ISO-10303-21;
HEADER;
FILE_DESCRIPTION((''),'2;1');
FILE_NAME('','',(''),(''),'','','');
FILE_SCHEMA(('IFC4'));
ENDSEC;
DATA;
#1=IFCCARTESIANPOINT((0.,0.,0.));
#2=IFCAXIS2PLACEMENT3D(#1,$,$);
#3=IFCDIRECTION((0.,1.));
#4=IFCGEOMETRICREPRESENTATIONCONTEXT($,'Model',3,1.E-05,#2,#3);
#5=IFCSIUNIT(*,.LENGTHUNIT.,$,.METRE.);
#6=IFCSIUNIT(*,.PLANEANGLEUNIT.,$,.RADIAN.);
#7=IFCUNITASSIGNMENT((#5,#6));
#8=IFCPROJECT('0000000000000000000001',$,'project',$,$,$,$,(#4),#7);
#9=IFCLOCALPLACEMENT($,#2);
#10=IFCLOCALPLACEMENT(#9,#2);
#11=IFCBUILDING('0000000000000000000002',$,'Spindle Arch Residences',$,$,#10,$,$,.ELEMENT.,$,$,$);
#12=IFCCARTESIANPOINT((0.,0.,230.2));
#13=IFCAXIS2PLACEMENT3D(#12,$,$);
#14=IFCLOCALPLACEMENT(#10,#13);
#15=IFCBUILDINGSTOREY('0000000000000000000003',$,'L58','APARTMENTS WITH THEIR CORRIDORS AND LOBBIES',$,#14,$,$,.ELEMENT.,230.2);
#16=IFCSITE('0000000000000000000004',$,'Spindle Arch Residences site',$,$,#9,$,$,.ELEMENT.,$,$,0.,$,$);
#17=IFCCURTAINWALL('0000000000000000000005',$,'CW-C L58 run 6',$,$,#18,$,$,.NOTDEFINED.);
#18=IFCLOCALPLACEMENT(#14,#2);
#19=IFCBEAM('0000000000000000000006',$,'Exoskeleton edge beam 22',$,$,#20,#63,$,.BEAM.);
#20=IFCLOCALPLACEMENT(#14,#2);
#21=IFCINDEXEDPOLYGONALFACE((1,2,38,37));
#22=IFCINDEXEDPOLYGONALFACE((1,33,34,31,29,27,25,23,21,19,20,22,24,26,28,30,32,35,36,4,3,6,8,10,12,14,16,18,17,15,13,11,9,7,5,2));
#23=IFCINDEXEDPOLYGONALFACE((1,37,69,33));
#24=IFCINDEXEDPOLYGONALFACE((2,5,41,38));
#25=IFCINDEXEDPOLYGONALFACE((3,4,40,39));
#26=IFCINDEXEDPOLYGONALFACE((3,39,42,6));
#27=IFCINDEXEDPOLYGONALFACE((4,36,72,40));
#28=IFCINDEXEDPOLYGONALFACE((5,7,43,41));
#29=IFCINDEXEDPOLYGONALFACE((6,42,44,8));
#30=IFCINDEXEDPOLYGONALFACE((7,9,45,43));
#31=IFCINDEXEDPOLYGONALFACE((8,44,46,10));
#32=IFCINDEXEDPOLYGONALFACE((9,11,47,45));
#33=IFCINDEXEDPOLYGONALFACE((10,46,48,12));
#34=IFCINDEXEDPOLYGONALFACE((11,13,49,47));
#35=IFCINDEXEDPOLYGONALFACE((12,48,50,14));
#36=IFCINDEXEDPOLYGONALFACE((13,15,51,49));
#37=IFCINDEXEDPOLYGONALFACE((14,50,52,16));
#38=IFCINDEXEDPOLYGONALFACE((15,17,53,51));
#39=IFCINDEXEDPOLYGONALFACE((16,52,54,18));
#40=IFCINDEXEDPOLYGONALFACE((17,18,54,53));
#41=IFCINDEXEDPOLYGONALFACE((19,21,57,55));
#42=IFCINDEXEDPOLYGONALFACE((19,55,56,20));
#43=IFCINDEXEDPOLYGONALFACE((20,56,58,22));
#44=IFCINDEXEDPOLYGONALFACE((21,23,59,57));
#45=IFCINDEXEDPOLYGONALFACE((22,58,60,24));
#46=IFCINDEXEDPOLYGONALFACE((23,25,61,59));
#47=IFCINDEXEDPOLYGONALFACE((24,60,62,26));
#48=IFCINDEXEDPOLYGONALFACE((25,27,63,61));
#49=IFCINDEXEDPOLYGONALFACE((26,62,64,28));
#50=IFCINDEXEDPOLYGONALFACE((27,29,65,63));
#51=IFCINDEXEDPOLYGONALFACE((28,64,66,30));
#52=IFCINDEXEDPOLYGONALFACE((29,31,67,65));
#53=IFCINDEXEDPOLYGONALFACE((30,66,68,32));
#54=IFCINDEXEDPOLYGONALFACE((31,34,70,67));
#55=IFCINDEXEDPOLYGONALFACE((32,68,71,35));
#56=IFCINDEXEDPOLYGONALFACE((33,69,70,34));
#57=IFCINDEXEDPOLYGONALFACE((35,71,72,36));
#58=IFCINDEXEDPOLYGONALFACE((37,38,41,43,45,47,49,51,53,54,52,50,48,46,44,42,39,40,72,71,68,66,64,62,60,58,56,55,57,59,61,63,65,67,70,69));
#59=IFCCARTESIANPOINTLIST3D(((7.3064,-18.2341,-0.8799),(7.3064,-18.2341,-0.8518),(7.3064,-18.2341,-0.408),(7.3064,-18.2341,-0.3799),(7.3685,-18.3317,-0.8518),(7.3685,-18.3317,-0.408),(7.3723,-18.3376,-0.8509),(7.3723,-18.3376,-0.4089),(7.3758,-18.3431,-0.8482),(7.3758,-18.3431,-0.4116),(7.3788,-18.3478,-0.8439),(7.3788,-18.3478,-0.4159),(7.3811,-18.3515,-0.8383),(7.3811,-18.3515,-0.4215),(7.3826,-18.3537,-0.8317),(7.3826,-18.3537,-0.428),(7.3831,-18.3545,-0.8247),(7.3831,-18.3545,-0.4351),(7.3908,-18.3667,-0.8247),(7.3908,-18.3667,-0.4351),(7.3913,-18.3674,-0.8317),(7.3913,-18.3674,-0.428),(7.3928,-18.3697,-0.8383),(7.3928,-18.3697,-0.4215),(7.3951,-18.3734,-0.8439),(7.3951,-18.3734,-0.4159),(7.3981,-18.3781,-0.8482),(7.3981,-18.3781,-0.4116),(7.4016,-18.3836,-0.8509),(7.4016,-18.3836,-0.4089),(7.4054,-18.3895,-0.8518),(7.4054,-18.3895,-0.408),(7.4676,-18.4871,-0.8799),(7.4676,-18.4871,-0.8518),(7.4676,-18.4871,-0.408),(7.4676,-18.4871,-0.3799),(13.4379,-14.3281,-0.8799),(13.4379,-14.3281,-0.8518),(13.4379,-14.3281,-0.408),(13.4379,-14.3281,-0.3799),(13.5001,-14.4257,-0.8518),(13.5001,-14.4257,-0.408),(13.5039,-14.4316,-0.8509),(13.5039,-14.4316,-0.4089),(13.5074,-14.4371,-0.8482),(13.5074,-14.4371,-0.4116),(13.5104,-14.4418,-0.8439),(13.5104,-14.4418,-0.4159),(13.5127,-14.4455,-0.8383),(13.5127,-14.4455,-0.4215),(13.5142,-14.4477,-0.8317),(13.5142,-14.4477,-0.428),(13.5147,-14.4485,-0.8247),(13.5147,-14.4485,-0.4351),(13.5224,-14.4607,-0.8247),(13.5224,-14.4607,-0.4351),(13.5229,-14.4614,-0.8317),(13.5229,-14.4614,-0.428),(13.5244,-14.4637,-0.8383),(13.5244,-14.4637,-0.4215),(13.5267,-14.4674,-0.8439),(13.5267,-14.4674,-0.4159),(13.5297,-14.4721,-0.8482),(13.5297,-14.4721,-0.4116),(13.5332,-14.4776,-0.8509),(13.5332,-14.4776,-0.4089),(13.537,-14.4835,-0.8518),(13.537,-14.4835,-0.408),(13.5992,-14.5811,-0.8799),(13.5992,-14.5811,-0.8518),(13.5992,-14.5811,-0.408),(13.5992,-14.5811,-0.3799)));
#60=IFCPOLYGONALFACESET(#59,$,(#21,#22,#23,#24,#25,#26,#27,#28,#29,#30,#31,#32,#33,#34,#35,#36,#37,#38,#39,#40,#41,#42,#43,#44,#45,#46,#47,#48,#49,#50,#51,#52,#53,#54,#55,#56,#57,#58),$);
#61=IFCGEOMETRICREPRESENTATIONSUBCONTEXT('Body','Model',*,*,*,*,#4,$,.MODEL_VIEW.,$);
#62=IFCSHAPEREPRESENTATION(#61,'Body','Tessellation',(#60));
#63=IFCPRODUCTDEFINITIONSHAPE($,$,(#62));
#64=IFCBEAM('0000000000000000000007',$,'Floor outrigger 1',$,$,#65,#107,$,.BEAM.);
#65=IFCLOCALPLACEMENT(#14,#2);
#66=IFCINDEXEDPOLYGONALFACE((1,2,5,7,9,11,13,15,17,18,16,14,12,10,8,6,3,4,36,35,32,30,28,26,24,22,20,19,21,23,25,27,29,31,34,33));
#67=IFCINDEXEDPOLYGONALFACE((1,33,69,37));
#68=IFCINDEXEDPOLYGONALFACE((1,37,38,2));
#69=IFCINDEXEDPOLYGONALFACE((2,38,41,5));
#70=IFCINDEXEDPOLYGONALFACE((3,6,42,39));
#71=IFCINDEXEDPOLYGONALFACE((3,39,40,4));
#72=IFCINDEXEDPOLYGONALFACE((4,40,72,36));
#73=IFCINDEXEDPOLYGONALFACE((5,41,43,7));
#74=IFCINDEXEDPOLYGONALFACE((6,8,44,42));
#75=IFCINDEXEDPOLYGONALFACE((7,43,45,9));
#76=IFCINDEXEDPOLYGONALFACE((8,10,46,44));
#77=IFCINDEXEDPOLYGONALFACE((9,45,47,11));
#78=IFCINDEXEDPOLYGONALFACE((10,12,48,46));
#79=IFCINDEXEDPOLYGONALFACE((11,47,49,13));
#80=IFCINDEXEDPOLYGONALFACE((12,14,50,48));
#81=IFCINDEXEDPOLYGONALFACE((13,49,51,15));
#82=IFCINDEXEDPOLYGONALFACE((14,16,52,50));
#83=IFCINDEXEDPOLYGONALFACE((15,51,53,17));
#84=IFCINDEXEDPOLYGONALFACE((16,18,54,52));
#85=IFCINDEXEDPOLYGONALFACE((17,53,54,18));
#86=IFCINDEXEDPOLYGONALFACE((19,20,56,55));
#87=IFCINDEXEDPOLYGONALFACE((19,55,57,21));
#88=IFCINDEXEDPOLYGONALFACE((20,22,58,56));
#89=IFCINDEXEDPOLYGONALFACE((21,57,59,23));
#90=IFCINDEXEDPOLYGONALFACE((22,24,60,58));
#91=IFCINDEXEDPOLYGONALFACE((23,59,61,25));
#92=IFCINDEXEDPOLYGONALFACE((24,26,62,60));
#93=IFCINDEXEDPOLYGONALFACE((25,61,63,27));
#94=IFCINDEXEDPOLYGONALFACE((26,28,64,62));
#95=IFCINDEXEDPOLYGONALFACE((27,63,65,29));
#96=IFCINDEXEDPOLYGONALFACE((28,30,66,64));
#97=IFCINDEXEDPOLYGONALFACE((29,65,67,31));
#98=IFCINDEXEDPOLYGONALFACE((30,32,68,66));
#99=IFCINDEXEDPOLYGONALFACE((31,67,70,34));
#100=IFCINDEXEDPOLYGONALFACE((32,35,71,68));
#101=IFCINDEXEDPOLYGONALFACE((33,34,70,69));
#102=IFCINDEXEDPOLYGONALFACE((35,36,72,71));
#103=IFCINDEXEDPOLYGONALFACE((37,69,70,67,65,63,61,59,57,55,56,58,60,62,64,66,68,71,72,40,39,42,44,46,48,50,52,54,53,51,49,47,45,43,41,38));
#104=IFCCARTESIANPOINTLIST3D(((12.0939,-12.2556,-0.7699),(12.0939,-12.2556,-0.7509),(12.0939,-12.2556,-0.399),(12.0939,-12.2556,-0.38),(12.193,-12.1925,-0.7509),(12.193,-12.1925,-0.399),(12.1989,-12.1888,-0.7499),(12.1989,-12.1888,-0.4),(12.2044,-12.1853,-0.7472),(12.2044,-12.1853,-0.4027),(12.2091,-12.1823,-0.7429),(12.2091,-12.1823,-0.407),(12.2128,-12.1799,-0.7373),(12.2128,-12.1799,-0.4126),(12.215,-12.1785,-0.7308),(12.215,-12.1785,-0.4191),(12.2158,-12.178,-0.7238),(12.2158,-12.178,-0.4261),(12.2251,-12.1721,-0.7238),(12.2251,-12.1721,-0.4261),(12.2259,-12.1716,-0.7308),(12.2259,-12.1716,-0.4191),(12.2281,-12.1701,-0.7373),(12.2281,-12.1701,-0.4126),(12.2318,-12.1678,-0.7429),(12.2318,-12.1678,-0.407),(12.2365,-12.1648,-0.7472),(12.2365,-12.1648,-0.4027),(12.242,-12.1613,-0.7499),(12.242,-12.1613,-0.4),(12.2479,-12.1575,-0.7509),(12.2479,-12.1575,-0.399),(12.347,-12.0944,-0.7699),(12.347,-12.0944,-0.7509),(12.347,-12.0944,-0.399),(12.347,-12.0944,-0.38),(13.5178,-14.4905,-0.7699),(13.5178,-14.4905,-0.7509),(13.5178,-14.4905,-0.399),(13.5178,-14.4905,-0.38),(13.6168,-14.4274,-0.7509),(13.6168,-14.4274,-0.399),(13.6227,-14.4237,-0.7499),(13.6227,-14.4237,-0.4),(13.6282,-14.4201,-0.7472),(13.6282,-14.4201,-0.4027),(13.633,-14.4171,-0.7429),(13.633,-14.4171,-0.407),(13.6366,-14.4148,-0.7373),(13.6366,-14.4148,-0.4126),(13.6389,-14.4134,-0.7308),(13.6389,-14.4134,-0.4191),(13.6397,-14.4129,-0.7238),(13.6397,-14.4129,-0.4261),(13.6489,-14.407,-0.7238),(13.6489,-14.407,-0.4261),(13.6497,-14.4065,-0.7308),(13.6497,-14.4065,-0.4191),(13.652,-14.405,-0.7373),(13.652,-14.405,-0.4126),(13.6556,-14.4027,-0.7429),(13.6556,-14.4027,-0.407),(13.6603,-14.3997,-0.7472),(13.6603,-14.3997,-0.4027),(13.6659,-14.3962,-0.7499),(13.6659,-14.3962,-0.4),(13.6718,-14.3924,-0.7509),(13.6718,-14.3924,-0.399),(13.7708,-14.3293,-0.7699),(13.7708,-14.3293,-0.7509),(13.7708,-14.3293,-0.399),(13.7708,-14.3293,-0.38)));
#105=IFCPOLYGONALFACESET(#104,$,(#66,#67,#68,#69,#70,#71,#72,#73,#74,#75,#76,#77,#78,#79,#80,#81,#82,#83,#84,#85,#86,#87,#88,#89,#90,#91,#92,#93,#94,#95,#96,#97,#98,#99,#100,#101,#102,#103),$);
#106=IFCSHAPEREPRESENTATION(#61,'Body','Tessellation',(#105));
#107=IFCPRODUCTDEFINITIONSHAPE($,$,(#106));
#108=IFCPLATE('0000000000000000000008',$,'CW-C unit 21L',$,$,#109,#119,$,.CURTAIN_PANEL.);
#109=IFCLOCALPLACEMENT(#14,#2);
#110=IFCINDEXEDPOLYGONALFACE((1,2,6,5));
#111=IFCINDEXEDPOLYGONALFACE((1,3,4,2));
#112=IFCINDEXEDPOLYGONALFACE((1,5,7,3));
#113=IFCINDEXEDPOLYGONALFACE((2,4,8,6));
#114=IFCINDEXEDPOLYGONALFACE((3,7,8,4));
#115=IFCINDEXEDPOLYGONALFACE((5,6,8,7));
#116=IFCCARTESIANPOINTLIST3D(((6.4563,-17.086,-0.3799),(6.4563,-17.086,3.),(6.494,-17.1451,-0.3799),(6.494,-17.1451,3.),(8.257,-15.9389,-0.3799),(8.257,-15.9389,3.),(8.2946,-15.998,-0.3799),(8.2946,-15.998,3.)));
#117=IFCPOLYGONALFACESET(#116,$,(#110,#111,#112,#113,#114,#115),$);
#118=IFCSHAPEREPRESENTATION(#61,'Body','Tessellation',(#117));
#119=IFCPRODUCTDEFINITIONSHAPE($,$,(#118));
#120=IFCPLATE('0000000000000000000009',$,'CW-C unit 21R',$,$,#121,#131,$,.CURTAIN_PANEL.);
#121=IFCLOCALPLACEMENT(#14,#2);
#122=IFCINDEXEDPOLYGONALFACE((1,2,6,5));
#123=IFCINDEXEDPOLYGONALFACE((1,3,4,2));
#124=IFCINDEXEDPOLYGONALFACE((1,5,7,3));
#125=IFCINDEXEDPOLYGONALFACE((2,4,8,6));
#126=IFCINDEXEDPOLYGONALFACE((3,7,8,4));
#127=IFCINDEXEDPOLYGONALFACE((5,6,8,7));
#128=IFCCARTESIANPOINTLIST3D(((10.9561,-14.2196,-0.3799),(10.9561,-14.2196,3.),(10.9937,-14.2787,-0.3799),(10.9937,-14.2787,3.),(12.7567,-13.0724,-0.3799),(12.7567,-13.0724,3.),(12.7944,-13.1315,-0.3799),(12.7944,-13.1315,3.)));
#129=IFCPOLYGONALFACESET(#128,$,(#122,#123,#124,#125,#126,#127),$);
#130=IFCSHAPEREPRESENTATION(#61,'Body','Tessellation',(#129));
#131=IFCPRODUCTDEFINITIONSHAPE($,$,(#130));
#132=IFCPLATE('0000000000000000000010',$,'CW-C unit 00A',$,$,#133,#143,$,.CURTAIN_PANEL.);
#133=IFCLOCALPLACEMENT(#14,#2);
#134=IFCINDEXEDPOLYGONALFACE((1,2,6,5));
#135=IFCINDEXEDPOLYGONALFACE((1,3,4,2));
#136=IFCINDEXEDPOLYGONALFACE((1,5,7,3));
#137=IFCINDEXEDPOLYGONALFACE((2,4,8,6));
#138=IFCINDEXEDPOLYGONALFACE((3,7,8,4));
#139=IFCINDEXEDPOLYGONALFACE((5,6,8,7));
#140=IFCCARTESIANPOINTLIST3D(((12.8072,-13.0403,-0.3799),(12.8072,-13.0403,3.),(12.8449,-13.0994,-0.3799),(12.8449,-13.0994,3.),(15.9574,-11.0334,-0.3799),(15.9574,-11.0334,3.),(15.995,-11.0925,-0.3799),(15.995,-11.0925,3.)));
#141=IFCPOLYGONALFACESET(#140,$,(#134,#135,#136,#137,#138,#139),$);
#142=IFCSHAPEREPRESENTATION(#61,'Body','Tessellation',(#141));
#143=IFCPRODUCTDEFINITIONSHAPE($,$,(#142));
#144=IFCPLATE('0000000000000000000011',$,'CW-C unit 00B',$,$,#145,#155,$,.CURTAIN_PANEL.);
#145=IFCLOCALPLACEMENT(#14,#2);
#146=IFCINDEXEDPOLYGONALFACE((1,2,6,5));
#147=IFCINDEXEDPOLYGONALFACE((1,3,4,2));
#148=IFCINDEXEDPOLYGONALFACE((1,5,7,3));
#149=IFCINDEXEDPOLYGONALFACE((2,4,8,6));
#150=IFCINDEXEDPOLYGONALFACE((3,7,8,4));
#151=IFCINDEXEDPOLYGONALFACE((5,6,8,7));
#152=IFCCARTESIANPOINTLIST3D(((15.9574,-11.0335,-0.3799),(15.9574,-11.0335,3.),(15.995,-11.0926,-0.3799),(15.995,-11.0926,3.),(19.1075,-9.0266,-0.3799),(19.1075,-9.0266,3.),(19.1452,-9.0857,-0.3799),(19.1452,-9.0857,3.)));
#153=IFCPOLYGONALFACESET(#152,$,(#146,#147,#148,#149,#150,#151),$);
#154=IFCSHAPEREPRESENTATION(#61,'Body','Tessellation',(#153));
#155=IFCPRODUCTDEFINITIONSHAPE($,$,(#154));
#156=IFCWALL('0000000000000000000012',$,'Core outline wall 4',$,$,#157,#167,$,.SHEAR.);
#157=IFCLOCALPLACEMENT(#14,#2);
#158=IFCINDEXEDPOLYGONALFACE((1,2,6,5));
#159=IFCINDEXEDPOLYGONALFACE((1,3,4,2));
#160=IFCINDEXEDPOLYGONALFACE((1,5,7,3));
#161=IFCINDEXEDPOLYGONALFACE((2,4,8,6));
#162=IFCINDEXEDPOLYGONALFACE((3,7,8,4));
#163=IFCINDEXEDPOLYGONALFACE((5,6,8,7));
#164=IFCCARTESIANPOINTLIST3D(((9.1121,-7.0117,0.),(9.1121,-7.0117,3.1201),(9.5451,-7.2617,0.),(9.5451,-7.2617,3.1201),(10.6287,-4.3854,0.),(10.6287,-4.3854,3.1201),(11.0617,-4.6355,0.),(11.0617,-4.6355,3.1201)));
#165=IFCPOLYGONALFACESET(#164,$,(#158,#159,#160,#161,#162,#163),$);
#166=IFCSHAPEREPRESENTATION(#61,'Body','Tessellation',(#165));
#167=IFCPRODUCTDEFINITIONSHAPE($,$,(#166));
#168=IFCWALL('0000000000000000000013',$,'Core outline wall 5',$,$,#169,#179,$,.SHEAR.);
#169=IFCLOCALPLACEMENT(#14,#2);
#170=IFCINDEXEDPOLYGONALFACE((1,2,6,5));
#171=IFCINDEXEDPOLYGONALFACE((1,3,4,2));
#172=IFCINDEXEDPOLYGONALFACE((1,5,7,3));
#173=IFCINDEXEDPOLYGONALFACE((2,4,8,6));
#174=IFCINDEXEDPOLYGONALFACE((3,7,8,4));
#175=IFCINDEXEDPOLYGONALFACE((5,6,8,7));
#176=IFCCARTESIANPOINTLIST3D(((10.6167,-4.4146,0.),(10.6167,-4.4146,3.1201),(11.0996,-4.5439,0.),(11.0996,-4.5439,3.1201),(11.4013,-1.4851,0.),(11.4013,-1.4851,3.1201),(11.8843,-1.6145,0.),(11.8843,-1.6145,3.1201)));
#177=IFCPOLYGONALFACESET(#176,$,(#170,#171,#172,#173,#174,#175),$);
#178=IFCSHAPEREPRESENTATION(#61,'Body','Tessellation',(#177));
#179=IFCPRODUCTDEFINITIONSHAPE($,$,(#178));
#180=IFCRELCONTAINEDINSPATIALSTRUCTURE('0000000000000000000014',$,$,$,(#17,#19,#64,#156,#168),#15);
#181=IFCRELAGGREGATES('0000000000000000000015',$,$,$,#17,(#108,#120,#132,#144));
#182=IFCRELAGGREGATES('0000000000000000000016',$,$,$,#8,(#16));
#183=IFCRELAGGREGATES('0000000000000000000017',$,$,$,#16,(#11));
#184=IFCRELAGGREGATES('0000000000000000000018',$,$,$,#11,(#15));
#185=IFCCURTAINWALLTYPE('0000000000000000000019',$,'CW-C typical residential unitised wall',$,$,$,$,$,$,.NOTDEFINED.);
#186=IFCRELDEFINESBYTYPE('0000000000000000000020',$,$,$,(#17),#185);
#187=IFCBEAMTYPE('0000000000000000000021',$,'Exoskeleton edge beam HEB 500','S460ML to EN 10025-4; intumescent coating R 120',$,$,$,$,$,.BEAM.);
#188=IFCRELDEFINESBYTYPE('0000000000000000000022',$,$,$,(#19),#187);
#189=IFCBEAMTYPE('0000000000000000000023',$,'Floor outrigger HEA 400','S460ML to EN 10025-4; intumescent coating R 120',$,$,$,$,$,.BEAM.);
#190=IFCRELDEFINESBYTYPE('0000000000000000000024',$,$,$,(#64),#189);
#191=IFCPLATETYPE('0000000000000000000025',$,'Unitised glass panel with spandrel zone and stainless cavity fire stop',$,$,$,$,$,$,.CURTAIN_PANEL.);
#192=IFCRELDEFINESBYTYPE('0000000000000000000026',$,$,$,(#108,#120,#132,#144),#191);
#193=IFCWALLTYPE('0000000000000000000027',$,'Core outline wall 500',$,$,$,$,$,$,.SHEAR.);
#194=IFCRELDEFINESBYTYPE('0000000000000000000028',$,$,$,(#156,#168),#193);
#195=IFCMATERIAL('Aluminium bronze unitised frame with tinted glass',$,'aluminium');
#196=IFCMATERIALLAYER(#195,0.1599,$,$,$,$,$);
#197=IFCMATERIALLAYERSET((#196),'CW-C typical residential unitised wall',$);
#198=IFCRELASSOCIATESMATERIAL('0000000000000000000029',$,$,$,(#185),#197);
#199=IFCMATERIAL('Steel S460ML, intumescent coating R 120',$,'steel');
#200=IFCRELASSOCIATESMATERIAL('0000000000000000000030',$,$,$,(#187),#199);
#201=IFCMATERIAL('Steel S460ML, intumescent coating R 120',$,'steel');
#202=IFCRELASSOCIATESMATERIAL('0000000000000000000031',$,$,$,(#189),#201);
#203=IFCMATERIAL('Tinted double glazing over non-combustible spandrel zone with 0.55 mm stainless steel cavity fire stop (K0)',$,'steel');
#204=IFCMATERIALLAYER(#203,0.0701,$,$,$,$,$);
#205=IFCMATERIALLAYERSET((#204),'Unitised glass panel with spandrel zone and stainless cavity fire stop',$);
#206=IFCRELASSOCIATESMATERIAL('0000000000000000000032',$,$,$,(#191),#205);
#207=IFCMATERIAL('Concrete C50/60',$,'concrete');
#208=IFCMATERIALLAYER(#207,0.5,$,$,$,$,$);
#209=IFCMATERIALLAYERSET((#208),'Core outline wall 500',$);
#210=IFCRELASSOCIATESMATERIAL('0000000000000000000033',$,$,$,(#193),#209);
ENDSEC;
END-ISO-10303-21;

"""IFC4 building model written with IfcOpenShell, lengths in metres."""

from ifc_helpers import new_model, si_unit, direction, frame, frame_2d, origin, origin_2d, place, context, subcontext, project, spatial, rectangle, i_section, extrude, material, layer, layer_set, material_profile, profile_set, type_object, element, aggregate, save


model = new_model("IFC4")

# Units and contexts
model_context = context("Model", 3, precision=1e-05, world=origin(), true_north=direction((0.0, 1.0)))
body_context = subcontext(model_context, "Body", "Model", "MODEL_VIEW")
ifc_project = project(units=[si_unit("LENGTHUNIT", "METRE"), si_unit("PLANEANGLEUNIT", "RADIAN")], contexts=[model_context])

# Site, building, storey
site_placement = place(None, origin())
site = spatial("IfcSite", under=ifc_project, at=site_placement, Name="Spindle Arch Residences site", CompositionType="ELEMENT", RefElevation=0.0)
building_placement = place(site_placement, origin())
building = spatial("IfcBuilding", under=site, at=building_placement, Name="Spindle Arch Residences", CompositionType="ELEMENT")
storey_placement = place(building_placement, frame((0.0, 0.0, 230.2)))
storey = spatial("IfcBuildingStorey", under=building, at=storey_placement, Name="L58", Description="APARTMENTS WITH THEIR CORRIDORS AND LOBBIES", CompositionType="ELEMENT", Elevation=230.2)

# Curtain wall
ifc_material_1 = material(Name="Aluminium bronze unitised frame with tinted glass", Category="aluminium")
ifc_layer_1 = layer(ifc_material_1, 0.1599)
ifc_layer_set_1 = layer_set([ifc_layer_1], Name="CW-C typical residential unitised wall")
curtain_wall_type = type_object("IfcCurtainWallType", Name="CW-C typical residential unitised wall", PredefinedType="NOTDEFINED", material=ifc_layer_set_1)
curtain_wall_placement = place(storey_placement, origin())
curtain_wall = element("IfcCurtainWall", 1, at=curtain_wall_placement, inside=storey, type_object=curtain_wall_type, Name="CW-C L58 run 6", PredefinedType="NOTDEFINED")

# Beams
ifc_material_2 = material(Name="Steel S460ML, intumescent coating R 120", Category="steel")
ifc_material_profile_1 = material_profile(ifc_material_2, i_section(OverallWidth=0.3, OverallDepth=0.5, WebThickness=0.0144, FlangeThickness=0.0281, FilletRadius=0.0271, at=origin_2d()), Name="HEB 500")
ifc_profile_set_1 = profile_set([ifc_material_profile_1], Name="Steel S460ML, intumescent coating R 120")
beam_type_1 = type_object("IfcBeamType", Name="Exoskeleton edge beam HEB 500", Description="S460ML to EN 10025-4; intumescent coating R 120", PredefinedType="BEAM", material=ifc_profile_set_1)
for number, where, z_axis, x_axis, name in (
    (2, (7.387, -18.3606, -0.6299), (0.843407, 0.537275, 0.0), (-0.537275, 0.843407, 0.0), "Exoskeleton edge beam 22"),
):
    element("IfcBeam", number, at=place(storey_placement, frame(where, z_axis=z_axis, x_axis=x_axis)), inside=storey, type_object=beam_type_1, Name=name, PredefinedType="BEAM", context=body_context, shape_type="SweptSolid", body=[
        extrude(i_section(OverallWidth=0.3, OverallDepth=0.5, WebThickness=0.0144, FlangeThickness=0.0281, FilletRadius=0.0271, at=origin_2d()), origin(), (0.0, 0.0, 1.0), 7.27),
    ])
ifc_material_3 = material(Name="Steel S460ML, intumescent coating R 120", Category="steel")
ifc_material_profile_2 = material_profile(ifc_material_3, i_section(OverallWidth=0.3, OverallDepth=0.3899, WebThickness=0.011, FlangeThickness=0.019, FilletRadius=0.0271, at=origin_2d()), Name="HEA 400")
ifc_profile_set_2 = profile_set([ifc_material_profile_2], Name="Steel S460ML, intumescent coating R 120")
beam_type_2 = type_object("IfcBeamType", Name="Floor outrigger HEA 400", Description="S460ML to EN 10025-4; intumescent coating R 120", PredefinedType="BEAM", material=ifc_profile_set_2)
beam_placement = place(storey_placement, frame((13.6443, -14.4099, -0.575), z_axis=(-0.537317, 0.843381, 0.0), x_axis=(-0.843381, -0.537317, 0.0)))
element("IfcBeam", 3, at=beam_placement, inside=storey, type_object=beam_type_2, Name="Floor outrigger 1", PredefinedType="BEAM", context=body_context, shape_type="SweptSolid", body=[
    extrude(i_section(OverallWidth=0.3, OverallDepth=0.3899, WebThickness=0.011, FlangeThickness=0.019, FilletRadius=0.0271, at=origin_2d()), origin(), (0.0, 0.0, 1.0), 2.6499),
])

# Plates
ifc_material_4 = material(Name="Tinted double glazing over non-combustible spandrel zone with 0.55 mm stainless steel cavity fire stop (K0)", Category="steel")
ifc_layer_2 = layer(ifc_material_4, 0.0701)
ifc_layer_set_2 = layer_set([ifc_layer_2], Name="Unitised glass panel with spandrel zone and stainless cavity fire stop")
plate_type = type_object("IfcPlateType", Name="Unitised glass panel with spandrel zone and stainless cavity fire stop", PredefinedType="CURTAIN_PANEL", material=ifc_layer_set_2)
plate_1_placement = place(storey_placement, frame((7.3755, -16.542, -0.3799), z_axis=(0.0, 0.0, 1.0), x_axis=(0.843391, 0.5373, 0.0)))
plate_1 = element("IfcPlate", 4, at=plate_1_placement, type_object=plate_type, Name="CW-C unit 21L", PredefinedType="CURTAIN_PANEL", context=body_context, shape_type="SweptSolid", body=[
    extrude(rectangle(XDim=2.135, YDim=0.0701, at=origin_2d()), origin(), (0.0, 0.0, 1.0), 3.3799),
])
plate_2_placement = place(storey_placement, frame((11.8752, -13.6755, -0.3799), z_axis=(0.0, 0.0, 1.0), x_axis=(0.843391, 0.5373, 0.0)))
plate_2 = element("IfcPlate", 5, at=plate_2_placement, type_object=plate_type, Name="CW-C unit 21R", PredefinedType="CURTAIN_PANEL", context=body_context, shape_type="SweptSolid", body=[
    extrude(rectangle(XDim=2.135, YDim=0.0701, at=origin_2d()), origin(), (0.0, 0.0, 1.0), 3.3799),
])
plate_3_placement = place(storey_placement, frame((14.4011, -12.0664, -0.3799), z_axis=(0.0, 0.0, 1.0), x_axis=(0.843391, 0.5373, 0.0)))
plate_3 = element("IfcPlate", 6, at=plate_3_placement, type_object=plate_type, Name="CW-C unit 00A", PredefinedType="CURTAIN_PANEL", context=body_context, shape_type="SweptSolid", body=[
    extrude(rectangle(XDim=3.7351, YDim=0.0701, at=origin_2d()), origin(), (0.0, 0.0, 1.0), 3.3799),
])
plate_4_placement = place(storey_placement, frame((17.5513, -10.0596, -0.3799), z_axis=(0.0, 0.0, 1.0), x_axis=(0.843391, 0.5373, 0.0)))
plate_4 = element("IfcPlate", 7, at=plate_4_placement, type_object=plate_type, Name="CW-C unit 00B", PredefinedType="CURTAIN_PANEL", context=body_context, shape_type="SweptSolid", body=[
    extrude(rectangle(XDim=3.7351, YDim=0.0701, at=origin_2d()), origin(), (0.0, 0.0, 1.0), 3.3799),
])
aggregate(curtain_wall, [plate_1, plate_2, plate_3, plate_4])

# Walls
ifc_material_5 = material(Name="Concrete C50/60", Category="concrete")
ifc_layer_3 = layer(ifc_material_5, 0.5)
ifc_layer_set_3 = layer_set([ifc_layer_3], Name="Core outline wall 500")
wall_type_1 = type_object("IfcWallType", Name="Core outline wall 500", PredefinedType="SHEAR", material=ifc_layer_set_3)
for number, where, z_axis, x_axis, name in (
    (8, (9.3286, -7.1367, 0.0), (0.0, 0.0, 1.0), (0.500087, 0.865975, 0.0), "Core outline wall 4"),
    (9, (10.8582, -4.4792, 0.0), (0.0, 0.0, 1.0), (0.258735, 0.965948, 0.0), "Core outline wall 5"),
):
    element("IfcWall", number, at=place(storey_placement, frame(where, z_axis=z_axis, x_axis=x_axis)), inside=storey, type_object=wall_type_1, Name=name, PredefinedType="SHEAR", context=body_context, shape_type="SweptSolid", body=[
        extrude(rectangle(XDim=3.0327, YDim=0.5, at=frame_2d((1.5164, 0.0))), origin(), (0.0, 0.0, 1.0), 3.1201),
    ])

save(model, "model.ifc")
